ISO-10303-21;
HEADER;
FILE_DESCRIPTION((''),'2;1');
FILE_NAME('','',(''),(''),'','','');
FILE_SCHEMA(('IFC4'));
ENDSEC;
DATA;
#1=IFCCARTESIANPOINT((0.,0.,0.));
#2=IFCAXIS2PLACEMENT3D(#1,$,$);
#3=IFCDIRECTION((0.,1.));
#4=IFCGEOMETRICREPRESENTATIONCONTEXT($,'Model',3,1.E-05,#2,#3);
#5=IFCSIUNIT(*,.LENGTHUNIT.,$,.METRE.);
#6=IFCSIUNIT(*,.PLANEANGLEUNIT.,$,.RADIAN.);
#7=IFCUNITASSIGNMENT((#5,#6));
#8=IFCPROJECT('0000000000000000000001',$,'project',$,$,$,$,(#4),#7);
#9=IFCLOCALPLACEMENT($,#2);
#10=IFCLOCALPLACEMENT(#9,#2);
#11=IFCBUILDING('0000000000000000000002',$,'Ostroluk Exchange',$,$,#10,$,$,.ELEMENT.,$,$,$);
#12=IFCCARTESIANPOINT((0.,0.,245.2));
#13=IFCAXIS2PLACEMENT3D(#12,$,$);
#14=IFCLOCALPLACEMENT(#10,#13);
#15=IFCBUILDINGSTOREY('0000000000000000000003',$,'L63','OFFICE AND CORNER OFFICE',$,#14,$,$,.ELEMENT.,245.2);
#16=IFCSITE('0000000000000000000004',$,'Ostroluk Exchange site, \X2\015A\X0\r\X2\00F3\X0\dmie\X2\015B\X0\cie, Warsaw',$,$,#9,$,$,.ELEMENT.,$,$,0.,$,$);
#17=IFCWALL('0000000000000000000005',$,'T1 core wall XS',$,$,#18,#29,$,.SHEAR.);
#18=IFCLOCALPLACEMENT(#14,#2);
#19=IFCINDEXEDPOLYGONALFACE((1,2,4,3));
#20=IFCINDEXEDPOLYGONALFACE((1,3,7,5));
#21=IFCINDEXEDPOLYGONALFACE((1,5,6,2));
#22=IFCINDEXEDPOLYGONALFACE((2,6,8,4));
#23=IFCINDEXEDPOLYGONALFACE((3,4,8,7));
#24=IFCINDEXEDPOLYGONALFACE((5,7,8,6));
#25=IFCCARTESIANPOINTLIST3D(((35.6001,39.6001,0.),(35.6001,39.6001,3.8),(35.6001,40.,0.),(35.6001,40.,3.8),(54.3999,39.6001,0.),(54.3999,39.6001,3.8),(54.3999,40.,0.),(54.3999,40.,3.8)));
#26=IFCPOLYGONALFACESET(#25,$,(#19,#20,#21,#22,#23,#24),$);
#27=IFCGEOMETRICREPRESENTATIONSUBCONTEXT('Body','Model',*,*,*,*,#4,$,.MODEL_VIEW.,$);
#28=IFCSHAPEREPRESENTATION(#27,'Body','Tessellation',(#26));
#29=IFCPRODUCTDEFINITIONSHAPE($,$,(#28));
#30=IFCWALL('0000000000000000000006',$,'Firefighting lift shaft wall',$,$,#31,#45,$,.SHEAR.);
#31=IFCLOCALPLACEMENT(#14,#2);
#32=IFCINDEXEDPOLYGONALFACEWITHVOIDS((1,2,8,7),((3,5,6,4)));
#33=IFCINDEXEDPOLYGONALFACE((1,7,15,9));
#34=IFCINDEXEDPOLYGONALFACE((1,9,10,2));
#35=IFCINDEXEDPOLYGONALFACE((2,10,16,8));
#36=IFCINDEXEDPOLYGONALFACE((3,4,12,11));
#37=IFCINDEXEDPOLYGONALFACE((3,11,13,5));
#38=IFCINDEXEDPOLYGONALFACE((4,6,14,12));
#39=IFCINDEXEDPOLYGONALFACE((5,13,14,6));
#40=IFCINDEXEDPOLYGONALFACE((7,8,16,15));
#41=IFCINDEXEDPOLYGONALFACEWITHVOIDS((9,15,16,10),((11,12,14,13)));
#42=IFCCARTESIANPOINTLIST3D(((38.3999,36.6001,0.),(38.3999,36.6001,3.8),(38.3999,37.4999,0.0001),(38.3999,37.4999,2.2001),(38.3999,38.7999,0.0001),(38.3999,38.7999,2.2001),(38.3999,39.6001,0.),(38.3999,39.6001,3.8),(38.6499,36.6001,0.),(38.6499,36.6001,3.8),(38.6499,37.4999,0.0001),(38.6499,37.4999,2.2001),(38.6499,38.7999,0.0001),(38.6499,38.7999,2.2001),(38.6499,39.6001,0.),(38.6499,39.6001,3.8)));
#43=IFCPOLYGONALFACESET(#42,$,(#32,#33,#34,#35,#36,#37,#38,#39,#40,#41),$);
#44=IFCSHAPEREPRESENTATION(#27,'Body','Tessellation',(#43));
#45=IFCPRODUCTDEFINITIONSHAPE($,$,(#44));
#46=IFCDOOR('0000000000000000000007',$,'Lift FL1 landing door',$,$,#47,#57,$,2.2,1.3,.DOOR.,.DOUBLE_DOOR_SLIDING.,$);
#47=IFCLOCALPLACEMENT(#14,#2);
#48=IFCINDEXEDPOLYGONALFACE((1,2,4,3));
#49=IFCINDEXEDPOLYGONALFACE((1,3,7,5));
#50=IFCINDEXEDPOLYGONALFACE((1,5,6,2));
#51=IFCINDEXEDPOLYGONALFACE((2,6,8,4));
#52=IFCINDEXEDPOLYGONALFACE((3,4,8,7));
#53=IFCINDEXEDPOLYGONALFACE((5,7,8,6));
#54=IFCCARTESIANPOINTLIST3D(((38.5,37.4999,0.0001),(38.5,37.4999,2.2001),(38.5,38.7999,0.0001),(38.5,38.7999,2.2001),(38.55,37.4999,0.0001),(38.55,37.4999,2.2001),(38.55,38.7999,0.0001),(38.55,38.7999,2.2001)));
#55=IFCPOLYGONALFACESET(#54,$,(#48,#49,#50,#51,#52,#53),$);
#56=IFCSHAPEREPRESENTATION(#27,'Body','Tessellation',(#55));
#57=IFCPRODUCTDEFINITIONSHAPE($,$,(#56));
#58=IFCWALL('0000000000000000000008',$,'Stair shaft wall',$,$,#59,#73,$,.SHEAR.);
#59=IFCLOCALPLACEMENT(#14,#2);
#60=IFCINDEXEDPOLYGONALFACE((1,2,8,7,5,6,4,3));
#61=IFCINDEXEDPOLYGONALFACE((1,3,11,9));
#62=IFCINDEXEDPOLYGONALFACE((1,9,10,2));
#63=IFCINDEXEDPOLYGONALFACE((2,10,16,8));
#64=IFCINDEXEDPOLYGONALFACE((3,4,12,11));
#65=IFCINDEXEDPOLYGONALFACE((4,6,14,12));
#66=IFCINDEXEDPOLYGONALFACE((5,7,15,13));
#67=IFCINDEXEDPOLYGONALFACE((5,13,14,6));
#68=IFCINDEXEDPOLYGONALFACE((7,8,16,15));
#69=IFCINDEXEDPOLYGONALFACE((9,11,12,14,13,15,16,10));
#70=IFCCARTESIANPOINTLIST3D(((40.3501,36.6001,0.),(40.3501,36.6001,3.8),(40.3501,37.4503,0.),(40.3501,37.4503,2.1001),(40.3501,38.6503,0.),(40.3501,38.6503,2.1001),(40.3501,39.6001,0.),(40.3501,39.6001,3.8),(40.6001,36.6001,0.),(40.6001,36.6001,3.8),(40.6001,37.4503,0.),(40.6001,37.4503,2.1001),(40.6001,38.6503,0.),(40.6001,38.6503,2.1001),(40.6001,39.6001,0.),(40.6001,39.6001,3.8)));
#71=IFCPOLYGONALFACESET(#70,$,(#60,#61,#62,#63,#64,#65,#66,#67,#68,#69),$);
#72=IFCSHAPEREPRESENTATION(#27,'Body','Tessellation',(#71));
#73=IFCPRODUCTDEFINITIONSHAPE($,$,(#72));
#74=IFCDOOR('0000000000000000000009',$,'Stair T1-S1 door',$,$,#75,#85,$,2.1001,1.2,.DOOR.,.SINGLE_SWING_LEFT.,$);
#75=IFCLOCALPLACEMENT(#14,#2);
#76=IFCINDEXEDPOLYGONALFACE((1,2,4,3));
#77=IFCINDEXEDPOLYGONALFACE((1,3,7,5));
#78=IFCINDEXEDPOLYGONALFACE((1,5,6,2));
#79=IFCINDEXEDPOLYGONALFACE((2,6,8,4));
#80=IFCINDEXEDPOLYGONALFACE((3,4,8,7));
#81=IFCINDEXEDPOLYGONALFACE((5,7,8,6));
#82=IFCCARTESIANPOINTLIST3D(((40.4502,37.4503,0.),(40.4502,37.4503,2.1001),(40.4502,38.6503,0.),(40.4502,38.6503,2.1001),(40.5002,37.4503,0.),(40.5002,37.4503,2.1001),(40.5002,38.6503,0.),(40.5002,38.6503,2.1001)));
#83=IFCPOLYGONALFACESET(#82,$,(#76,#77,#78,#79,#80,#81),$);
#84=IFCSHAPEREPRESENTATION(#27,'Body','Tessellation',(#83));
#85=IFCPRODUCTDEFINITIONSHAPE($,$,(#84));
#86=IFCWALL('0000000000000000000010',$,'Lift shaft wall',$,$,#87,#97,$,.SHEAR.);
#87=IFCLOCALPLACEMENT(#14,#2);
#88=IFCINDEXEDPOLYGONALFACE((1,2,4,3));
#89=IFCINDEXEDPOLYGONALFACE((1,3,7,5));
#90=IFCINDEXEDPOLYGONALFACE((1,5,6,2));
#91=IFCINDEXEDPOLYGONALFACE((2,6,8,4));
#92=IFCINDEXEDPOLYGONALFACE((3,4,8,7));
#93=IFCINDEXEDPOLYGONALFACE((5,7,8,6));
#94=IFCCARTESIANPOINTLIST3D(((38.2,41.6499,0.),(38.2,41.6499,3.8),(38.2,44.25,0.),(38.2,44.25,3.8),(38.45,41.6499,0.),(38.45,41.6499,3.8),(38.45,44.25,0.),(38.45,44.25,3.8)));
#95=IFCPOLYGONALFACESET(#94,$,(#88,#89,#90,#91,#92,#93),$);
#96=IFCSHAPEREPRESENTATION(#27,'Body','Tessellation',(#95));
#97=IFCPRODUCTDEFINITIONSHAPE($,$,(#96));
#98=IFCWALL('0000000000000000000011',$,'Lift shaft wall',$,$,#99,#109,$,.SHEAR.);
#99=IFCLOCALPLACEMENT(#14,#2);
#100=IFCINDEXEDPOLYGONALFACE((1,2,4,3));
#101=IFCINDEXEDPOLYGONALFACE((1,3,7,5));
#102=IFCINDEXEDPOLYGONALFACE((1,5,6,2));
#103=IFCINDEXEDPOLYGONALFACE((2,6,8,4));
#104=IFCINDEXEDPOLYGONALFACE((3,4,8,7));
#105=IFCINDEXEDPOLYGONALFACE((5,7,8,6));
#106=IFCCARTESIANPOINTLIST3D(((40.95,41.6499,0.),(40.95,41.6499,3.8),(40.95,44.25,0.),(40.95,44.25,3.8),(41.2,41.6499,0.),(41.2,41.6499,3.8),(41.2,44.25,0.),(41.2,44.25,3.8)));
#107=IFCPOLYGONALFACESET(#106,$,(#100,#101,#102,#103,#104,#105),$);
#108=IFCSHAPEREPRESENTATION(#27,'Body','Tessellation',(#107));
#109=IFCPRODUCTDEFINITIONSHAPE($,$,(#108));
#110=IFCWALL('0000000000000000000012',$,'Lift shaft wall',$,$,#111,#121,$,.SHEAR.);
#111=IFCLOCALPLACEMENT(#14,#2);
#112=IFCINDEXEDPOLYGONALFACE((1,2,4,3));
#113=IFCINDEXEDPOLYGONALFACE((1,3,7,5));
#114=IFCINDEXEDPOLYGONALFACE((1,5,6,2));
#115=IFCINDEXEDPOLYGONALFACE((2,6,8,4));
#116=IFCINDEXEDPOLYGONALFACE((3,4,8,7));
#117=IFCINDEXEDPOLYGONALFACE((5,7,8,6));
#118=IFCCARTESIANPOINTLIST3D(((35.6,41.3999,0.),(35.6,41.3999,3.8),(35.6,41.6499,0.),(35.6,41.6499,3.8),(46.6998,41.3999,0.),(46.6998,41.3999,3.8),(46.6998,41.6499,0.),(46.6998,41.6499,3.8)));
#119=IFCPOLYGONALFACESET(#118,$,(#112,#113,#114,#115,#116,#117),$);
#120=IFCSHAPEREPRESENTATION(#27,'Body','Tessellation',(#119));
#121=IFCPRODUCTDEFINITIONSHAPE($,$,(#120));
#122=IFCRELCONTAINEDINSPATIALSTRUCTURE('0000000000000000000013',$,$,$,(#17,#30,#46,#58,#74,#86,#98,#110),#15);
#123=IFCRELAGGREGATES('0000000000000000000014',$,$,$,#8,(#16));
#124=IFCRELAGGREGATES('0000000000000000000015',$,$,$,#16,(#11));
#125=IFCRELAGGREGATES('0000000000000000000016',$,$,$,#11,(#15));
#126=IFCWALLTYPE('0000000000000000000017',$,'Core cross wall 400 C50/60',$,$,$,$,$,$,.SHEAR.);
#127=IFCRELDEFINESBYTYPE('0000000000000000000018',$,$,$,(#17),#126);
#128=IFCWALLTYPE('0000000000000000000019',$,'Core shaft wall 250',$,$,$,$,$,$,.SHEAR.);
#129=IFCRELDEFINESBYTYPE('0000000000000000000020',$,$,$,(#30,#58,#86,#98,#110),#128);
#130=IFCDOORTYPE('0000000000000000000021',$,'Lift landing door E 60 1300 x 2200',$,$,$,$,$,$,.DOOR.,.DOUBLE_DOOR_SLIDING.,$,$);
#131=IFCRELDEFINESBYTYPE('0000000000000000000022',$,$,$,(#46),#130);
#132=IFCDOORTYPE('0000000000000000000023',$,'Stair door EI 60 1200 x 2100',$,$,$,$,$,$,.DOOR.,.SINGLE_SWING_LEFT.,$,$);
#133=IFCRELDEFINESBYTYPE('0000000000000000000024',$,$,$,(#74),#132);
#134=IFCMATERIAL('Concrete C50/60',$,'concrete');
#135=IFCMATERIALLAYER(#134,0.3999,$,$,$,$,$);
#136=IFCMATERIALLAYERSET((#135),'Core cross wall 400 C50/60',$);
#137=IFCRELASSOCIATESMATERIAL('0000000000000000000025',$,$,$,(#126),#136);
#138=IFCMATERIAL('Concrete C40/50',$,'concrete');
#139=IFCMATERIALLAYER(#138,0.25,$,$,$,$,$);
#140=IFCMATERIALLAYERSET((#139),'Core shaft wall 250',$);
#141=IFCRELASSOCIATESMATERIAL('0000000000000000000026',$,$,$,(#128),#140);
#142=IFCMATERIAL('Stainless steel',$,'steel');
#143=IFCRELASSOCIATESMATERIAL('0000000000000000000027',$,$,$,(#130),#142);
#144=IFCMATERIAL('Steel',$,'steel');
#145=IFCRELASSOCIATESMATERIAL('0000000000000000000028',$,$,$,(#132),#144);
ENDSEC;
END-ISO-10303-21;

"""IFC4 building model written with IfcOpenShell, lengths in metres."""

from ifc_helpers import new_model, si_unit, direction, frame, frame_2d, origin, place, context, subcontext, project, spatial, rectangle, extrude, material, layer, layer_set, type_object, element, fill, save


model = new_model("IFC4")

# Units and contexts
model_context = context("Model", 3, precision=1e-05, world=origin(), true_north=direction((0.0, 1.0)))
body_context = subcontext(model_context, "Body", "Model", "MODEL_VIEW")
ifc_project = project(units=[si_unit("LENGTHUNIT", "METRE"), si_unit("PLANEANGLEUNIT", "RADIAN")], contexts=[model_context])

# Site, building, storey
site_placement = place(None, origin())
site = spatial("IfcSite", under=ifc_project, at=site_placement, Name="Ostroluk Exchange site, Śródmieście, Warsaw", CompositionType="ELEMENT", RefElevation=0.0)
building_placement = place(site_placement, origin())
building = spatial("IfcBuilding", under=site, at=building_placement, Name="Ostroluk Exchange", CompositionType="ELEMENT")
storey_placement = place(building_placement, frame((0.0, 0.0, 245.2)))
storey = spatial("IfcBuildingStorey", under=building, at=storey_placement, Name="L63", Description="OFFICE AND CORNER OFFICE", CompositionType="ELEMENT", Elevation=245.2)

# Wall
ifc_material_1 = material(Name="Concrete C50/60", Category="concrete")
ifc_layer_1 = layer(ifc_material_1, 0.3999)
ifc_layer_set_1 = layer_set([ifc_layer_1], Name="Core cross wall 400 C50/60")
wall_type_1 = type_object("IfcWallType", Name="Core cross wall 400 C50/60", PredefinedType="SHEAR", material=ifc_layer_set_1)
wall_1_placement = place(storey_placement, frame((35.6001, 39.8, 0.0), z_axis=(0.0, 0.0, 1.0), x_axis=(1.0, 0.0, 0.0)))
element("IfcWall", 1, at=wall_1_placement, inside=storey, type_object=wall_type_1, Name="T1 core wall XS", PredefinedType="SHEAR", context=body_context, shape_type="SweptSolid", body=[
    extrude(rectangle(XDim=18.7998, YDim=0.3999, at=frame_2d((9.3999, 0.0))), origin(), (0.0, 0.0, 1.0), 3.8),
])

# Walls, openings, doors
ifc_material_2 = material(Name="Concrete C40/50", Category="concrete")
ifc_layer_2 = layer(ifc_material_2, 0.25)
ifc_layer_set_2 = layer_set([ifc_layer_2], Name="Core shaft wall 250")
wall_type_2 = type_object("IfcWallType", Name="Core shaft wall 250", PredefinedType="SHEAR", material=ifc_layer_set_2)
wall_2_placement = place(storey_placement, frame((38.5249, 36.6001, 0.0), z_axis=(0.0, 0.0, 1.0), x_axis=(0.0, 1.0, 0.0)))
wall_2 = element("IfcWall", 2, at=wall_2_placement, inside=storey, type_object=wall_type_2, Name="Firefighting lift shaft wall", PredefinedType="SHEAR", context=body_context, shape_type="SweptSolid", body=[
    extrude(rectangle(XDim=3.0, YDim=0.25, at=frame_2d((1.5, 0.0))), origin(), (0.0, 0.0, 1.0), 3.8),
])
opening_1_placement = place(wall_2_placement, frame((0.8999, 0.0, 0.0)))
opening_1 = element("IfcOpeningElement", 3, at=opening_1_placement, cuts=wall_2, PredefinedType="OPENING", context=body_context, shape_type="SweptSolid", body=[
    extrude(rectangle(XDim=1.3, YDim=2.2, at=frame_2d((0.6499, 1.1001))), frame((0.0, 0.135, 0.0), z_axis=(0.0, -1.0, 0.0), x_axis=(1.0, 0.0, 0.0)), (0.0, 0.0, 1.0), 0.27),
])
ifc_material_3 = material(Name="Stainless steel", Category="steel")
door_type_1 = type_object("IfcDoorType", Name="Lift landing door E 60 1300 x 2200", OperationType="DOUBLE_DOOR_SLIDING", PredefinedType="DOOR", material=ifc_material_3)
door_1_placement = place(opening_1_placement, origin())
door_1 = element("IfcDoor", 4, at=door_1_placement, inside=storey, type_object=door_type_1, Name="Lift FL1 landing door", OperationType="DOUBLE_DOOR_SLIDING", OverallHeight=2.2, OverallWidth=1.3, PredefinedType="DOOR", context=body_context, shape_type="SweptSolid", body=[
    extrude(rectangle(XDim=1.3, YDim=2.2, at=frame_2d((0.6499, 1.1001))), frame((0.0, 0.0249, 0.0), z_axis=(0.0, -1.0, 0.0), x_axis=(1.0, 0.0, 0.0)), (0.0, 0.0, 1.0), 0.05),
])
fill(opening_1, door_1)
wall_3_placement = place(storey_placement, frame((40.4751, 36.6001, 0.0), z_axis=(0.0, 0.0, 1.0), x_axis=(0.0, 1.0, 0.0)))
wall_3 = element("IfcWall", 5, at=wall_3_placement, inside=storey, type_object=wall_type_2, Name="Stair shaft wall", PredefinedType="SHEAR", context=body_context, shape_type="SweptSolid", body=[
    extrude(rectangle(XDim=3.0, YDim=0.25, at=frame_2d((1.5, 0.0))), origin(), (0.0, 0.0, 1.0), 3.8),
])
opening_2_placement = place(wall_3_placement, frame((0.8501, 0.0, 0.0)))
opening_2 = element("IfcOpeningElement", 6, at=opening_2_placement, cuts=wall_3, PredefinedType="OPENING", context=body_context, shape_type="SweptSolid", body=[
    extrude(rectangle(XDim=1.2, YDim=2.1001, at=frame_2d((0.6001, 1.05))), frame((0.0, 0.135, 0.0), z_axis=(0.0, -1.0, 0.0), x_axis=(1.0, 0.0, 0.0)), (0.0, 0.0, 1.0), 0.27),
])
ifc_material_4 = material(Name="Steel", Category="steel")
door_type_2 = type_object("IfcDoorType", Name="Stair door EI 60 1200 x 2100", OperationType="SINGLE_SWING_LEFT", PredefinedType="DOOR", material=ifc_material_4)
door_2_placement = place(opening_2_placement, origin())
door_2 = element("IfcDoor", 7, at=door_2_placement, inside=storey, type_object=door_type_2, Name="Stair T1-S1 door", OperationType="SINGLE_SWING_LEFT", OverallHeight=2.1001, OverallWidth=1.2, PredefinedType="DOOR", context=body_context, shape_type="SweptSolid", body=[
    extrude(rectangle(XDim=1.2, YDim=2.1001, at=frame_2d((0.6001, 1.05))), frame((0.0, 0.0249, 0.0), z_axis=(0.0, -1.0, 0.0), x_axis=(1.0, 0.0, 0.0)), (0.0, 0.0, 1.0), 0.05),
])
fill(opening_2, door_2)

# Walls
for number, where, z_axis, x_axis, name in (
    (8, (38.325, 44.25, 0.0), (0.0, 0.0, 1.0), (0.0, -1.0, 0.0), "Lift shaft wall"),
    (9, (41.075, 44.25, 0.0), (0.0, 0.0, 1.0), (0.0, -1.0, 0.0), "Lift shaft wall"),
):
    element("IfcWall", number, at=place(storey_placement, frame(where, z_axis=z_axis, x_axis=x_axis)), inside=storey, type_object=wall_type_2, Name=name, PredefinedType="SHEAR", context=body_context, shape_type="SweptSolid", body=[
        extrude(rectangle(XDim=2.6001, YDim=0.25, at=frame_2d((1.3, 0.0))), origin(), (0.0, 0.0, 1.0), 3.8),
    ])
wall_4_placement = place(storey_placement, frame((35.6001, 41.5249, 0.0), z_axis=(0.0, 0.0, 1.0), x_axis=(1.0, 0.0, 0.0)))
element("IfcWall", 10, at=wall_4_placement, inside=storey, type_object=wall_type_2, Name="Lift shaft wall", PredefinedType="SHEAR", context=body_context, shape_type="SweptSolid", body=[
    extrude(rectangle(XDim=11.0999, YDim=0.25, at=frame_2d((5.5498, 0.0))), origin(), (0.0, 0.0, 1.0), 3.8),
])

save(model, "model.ifc")
